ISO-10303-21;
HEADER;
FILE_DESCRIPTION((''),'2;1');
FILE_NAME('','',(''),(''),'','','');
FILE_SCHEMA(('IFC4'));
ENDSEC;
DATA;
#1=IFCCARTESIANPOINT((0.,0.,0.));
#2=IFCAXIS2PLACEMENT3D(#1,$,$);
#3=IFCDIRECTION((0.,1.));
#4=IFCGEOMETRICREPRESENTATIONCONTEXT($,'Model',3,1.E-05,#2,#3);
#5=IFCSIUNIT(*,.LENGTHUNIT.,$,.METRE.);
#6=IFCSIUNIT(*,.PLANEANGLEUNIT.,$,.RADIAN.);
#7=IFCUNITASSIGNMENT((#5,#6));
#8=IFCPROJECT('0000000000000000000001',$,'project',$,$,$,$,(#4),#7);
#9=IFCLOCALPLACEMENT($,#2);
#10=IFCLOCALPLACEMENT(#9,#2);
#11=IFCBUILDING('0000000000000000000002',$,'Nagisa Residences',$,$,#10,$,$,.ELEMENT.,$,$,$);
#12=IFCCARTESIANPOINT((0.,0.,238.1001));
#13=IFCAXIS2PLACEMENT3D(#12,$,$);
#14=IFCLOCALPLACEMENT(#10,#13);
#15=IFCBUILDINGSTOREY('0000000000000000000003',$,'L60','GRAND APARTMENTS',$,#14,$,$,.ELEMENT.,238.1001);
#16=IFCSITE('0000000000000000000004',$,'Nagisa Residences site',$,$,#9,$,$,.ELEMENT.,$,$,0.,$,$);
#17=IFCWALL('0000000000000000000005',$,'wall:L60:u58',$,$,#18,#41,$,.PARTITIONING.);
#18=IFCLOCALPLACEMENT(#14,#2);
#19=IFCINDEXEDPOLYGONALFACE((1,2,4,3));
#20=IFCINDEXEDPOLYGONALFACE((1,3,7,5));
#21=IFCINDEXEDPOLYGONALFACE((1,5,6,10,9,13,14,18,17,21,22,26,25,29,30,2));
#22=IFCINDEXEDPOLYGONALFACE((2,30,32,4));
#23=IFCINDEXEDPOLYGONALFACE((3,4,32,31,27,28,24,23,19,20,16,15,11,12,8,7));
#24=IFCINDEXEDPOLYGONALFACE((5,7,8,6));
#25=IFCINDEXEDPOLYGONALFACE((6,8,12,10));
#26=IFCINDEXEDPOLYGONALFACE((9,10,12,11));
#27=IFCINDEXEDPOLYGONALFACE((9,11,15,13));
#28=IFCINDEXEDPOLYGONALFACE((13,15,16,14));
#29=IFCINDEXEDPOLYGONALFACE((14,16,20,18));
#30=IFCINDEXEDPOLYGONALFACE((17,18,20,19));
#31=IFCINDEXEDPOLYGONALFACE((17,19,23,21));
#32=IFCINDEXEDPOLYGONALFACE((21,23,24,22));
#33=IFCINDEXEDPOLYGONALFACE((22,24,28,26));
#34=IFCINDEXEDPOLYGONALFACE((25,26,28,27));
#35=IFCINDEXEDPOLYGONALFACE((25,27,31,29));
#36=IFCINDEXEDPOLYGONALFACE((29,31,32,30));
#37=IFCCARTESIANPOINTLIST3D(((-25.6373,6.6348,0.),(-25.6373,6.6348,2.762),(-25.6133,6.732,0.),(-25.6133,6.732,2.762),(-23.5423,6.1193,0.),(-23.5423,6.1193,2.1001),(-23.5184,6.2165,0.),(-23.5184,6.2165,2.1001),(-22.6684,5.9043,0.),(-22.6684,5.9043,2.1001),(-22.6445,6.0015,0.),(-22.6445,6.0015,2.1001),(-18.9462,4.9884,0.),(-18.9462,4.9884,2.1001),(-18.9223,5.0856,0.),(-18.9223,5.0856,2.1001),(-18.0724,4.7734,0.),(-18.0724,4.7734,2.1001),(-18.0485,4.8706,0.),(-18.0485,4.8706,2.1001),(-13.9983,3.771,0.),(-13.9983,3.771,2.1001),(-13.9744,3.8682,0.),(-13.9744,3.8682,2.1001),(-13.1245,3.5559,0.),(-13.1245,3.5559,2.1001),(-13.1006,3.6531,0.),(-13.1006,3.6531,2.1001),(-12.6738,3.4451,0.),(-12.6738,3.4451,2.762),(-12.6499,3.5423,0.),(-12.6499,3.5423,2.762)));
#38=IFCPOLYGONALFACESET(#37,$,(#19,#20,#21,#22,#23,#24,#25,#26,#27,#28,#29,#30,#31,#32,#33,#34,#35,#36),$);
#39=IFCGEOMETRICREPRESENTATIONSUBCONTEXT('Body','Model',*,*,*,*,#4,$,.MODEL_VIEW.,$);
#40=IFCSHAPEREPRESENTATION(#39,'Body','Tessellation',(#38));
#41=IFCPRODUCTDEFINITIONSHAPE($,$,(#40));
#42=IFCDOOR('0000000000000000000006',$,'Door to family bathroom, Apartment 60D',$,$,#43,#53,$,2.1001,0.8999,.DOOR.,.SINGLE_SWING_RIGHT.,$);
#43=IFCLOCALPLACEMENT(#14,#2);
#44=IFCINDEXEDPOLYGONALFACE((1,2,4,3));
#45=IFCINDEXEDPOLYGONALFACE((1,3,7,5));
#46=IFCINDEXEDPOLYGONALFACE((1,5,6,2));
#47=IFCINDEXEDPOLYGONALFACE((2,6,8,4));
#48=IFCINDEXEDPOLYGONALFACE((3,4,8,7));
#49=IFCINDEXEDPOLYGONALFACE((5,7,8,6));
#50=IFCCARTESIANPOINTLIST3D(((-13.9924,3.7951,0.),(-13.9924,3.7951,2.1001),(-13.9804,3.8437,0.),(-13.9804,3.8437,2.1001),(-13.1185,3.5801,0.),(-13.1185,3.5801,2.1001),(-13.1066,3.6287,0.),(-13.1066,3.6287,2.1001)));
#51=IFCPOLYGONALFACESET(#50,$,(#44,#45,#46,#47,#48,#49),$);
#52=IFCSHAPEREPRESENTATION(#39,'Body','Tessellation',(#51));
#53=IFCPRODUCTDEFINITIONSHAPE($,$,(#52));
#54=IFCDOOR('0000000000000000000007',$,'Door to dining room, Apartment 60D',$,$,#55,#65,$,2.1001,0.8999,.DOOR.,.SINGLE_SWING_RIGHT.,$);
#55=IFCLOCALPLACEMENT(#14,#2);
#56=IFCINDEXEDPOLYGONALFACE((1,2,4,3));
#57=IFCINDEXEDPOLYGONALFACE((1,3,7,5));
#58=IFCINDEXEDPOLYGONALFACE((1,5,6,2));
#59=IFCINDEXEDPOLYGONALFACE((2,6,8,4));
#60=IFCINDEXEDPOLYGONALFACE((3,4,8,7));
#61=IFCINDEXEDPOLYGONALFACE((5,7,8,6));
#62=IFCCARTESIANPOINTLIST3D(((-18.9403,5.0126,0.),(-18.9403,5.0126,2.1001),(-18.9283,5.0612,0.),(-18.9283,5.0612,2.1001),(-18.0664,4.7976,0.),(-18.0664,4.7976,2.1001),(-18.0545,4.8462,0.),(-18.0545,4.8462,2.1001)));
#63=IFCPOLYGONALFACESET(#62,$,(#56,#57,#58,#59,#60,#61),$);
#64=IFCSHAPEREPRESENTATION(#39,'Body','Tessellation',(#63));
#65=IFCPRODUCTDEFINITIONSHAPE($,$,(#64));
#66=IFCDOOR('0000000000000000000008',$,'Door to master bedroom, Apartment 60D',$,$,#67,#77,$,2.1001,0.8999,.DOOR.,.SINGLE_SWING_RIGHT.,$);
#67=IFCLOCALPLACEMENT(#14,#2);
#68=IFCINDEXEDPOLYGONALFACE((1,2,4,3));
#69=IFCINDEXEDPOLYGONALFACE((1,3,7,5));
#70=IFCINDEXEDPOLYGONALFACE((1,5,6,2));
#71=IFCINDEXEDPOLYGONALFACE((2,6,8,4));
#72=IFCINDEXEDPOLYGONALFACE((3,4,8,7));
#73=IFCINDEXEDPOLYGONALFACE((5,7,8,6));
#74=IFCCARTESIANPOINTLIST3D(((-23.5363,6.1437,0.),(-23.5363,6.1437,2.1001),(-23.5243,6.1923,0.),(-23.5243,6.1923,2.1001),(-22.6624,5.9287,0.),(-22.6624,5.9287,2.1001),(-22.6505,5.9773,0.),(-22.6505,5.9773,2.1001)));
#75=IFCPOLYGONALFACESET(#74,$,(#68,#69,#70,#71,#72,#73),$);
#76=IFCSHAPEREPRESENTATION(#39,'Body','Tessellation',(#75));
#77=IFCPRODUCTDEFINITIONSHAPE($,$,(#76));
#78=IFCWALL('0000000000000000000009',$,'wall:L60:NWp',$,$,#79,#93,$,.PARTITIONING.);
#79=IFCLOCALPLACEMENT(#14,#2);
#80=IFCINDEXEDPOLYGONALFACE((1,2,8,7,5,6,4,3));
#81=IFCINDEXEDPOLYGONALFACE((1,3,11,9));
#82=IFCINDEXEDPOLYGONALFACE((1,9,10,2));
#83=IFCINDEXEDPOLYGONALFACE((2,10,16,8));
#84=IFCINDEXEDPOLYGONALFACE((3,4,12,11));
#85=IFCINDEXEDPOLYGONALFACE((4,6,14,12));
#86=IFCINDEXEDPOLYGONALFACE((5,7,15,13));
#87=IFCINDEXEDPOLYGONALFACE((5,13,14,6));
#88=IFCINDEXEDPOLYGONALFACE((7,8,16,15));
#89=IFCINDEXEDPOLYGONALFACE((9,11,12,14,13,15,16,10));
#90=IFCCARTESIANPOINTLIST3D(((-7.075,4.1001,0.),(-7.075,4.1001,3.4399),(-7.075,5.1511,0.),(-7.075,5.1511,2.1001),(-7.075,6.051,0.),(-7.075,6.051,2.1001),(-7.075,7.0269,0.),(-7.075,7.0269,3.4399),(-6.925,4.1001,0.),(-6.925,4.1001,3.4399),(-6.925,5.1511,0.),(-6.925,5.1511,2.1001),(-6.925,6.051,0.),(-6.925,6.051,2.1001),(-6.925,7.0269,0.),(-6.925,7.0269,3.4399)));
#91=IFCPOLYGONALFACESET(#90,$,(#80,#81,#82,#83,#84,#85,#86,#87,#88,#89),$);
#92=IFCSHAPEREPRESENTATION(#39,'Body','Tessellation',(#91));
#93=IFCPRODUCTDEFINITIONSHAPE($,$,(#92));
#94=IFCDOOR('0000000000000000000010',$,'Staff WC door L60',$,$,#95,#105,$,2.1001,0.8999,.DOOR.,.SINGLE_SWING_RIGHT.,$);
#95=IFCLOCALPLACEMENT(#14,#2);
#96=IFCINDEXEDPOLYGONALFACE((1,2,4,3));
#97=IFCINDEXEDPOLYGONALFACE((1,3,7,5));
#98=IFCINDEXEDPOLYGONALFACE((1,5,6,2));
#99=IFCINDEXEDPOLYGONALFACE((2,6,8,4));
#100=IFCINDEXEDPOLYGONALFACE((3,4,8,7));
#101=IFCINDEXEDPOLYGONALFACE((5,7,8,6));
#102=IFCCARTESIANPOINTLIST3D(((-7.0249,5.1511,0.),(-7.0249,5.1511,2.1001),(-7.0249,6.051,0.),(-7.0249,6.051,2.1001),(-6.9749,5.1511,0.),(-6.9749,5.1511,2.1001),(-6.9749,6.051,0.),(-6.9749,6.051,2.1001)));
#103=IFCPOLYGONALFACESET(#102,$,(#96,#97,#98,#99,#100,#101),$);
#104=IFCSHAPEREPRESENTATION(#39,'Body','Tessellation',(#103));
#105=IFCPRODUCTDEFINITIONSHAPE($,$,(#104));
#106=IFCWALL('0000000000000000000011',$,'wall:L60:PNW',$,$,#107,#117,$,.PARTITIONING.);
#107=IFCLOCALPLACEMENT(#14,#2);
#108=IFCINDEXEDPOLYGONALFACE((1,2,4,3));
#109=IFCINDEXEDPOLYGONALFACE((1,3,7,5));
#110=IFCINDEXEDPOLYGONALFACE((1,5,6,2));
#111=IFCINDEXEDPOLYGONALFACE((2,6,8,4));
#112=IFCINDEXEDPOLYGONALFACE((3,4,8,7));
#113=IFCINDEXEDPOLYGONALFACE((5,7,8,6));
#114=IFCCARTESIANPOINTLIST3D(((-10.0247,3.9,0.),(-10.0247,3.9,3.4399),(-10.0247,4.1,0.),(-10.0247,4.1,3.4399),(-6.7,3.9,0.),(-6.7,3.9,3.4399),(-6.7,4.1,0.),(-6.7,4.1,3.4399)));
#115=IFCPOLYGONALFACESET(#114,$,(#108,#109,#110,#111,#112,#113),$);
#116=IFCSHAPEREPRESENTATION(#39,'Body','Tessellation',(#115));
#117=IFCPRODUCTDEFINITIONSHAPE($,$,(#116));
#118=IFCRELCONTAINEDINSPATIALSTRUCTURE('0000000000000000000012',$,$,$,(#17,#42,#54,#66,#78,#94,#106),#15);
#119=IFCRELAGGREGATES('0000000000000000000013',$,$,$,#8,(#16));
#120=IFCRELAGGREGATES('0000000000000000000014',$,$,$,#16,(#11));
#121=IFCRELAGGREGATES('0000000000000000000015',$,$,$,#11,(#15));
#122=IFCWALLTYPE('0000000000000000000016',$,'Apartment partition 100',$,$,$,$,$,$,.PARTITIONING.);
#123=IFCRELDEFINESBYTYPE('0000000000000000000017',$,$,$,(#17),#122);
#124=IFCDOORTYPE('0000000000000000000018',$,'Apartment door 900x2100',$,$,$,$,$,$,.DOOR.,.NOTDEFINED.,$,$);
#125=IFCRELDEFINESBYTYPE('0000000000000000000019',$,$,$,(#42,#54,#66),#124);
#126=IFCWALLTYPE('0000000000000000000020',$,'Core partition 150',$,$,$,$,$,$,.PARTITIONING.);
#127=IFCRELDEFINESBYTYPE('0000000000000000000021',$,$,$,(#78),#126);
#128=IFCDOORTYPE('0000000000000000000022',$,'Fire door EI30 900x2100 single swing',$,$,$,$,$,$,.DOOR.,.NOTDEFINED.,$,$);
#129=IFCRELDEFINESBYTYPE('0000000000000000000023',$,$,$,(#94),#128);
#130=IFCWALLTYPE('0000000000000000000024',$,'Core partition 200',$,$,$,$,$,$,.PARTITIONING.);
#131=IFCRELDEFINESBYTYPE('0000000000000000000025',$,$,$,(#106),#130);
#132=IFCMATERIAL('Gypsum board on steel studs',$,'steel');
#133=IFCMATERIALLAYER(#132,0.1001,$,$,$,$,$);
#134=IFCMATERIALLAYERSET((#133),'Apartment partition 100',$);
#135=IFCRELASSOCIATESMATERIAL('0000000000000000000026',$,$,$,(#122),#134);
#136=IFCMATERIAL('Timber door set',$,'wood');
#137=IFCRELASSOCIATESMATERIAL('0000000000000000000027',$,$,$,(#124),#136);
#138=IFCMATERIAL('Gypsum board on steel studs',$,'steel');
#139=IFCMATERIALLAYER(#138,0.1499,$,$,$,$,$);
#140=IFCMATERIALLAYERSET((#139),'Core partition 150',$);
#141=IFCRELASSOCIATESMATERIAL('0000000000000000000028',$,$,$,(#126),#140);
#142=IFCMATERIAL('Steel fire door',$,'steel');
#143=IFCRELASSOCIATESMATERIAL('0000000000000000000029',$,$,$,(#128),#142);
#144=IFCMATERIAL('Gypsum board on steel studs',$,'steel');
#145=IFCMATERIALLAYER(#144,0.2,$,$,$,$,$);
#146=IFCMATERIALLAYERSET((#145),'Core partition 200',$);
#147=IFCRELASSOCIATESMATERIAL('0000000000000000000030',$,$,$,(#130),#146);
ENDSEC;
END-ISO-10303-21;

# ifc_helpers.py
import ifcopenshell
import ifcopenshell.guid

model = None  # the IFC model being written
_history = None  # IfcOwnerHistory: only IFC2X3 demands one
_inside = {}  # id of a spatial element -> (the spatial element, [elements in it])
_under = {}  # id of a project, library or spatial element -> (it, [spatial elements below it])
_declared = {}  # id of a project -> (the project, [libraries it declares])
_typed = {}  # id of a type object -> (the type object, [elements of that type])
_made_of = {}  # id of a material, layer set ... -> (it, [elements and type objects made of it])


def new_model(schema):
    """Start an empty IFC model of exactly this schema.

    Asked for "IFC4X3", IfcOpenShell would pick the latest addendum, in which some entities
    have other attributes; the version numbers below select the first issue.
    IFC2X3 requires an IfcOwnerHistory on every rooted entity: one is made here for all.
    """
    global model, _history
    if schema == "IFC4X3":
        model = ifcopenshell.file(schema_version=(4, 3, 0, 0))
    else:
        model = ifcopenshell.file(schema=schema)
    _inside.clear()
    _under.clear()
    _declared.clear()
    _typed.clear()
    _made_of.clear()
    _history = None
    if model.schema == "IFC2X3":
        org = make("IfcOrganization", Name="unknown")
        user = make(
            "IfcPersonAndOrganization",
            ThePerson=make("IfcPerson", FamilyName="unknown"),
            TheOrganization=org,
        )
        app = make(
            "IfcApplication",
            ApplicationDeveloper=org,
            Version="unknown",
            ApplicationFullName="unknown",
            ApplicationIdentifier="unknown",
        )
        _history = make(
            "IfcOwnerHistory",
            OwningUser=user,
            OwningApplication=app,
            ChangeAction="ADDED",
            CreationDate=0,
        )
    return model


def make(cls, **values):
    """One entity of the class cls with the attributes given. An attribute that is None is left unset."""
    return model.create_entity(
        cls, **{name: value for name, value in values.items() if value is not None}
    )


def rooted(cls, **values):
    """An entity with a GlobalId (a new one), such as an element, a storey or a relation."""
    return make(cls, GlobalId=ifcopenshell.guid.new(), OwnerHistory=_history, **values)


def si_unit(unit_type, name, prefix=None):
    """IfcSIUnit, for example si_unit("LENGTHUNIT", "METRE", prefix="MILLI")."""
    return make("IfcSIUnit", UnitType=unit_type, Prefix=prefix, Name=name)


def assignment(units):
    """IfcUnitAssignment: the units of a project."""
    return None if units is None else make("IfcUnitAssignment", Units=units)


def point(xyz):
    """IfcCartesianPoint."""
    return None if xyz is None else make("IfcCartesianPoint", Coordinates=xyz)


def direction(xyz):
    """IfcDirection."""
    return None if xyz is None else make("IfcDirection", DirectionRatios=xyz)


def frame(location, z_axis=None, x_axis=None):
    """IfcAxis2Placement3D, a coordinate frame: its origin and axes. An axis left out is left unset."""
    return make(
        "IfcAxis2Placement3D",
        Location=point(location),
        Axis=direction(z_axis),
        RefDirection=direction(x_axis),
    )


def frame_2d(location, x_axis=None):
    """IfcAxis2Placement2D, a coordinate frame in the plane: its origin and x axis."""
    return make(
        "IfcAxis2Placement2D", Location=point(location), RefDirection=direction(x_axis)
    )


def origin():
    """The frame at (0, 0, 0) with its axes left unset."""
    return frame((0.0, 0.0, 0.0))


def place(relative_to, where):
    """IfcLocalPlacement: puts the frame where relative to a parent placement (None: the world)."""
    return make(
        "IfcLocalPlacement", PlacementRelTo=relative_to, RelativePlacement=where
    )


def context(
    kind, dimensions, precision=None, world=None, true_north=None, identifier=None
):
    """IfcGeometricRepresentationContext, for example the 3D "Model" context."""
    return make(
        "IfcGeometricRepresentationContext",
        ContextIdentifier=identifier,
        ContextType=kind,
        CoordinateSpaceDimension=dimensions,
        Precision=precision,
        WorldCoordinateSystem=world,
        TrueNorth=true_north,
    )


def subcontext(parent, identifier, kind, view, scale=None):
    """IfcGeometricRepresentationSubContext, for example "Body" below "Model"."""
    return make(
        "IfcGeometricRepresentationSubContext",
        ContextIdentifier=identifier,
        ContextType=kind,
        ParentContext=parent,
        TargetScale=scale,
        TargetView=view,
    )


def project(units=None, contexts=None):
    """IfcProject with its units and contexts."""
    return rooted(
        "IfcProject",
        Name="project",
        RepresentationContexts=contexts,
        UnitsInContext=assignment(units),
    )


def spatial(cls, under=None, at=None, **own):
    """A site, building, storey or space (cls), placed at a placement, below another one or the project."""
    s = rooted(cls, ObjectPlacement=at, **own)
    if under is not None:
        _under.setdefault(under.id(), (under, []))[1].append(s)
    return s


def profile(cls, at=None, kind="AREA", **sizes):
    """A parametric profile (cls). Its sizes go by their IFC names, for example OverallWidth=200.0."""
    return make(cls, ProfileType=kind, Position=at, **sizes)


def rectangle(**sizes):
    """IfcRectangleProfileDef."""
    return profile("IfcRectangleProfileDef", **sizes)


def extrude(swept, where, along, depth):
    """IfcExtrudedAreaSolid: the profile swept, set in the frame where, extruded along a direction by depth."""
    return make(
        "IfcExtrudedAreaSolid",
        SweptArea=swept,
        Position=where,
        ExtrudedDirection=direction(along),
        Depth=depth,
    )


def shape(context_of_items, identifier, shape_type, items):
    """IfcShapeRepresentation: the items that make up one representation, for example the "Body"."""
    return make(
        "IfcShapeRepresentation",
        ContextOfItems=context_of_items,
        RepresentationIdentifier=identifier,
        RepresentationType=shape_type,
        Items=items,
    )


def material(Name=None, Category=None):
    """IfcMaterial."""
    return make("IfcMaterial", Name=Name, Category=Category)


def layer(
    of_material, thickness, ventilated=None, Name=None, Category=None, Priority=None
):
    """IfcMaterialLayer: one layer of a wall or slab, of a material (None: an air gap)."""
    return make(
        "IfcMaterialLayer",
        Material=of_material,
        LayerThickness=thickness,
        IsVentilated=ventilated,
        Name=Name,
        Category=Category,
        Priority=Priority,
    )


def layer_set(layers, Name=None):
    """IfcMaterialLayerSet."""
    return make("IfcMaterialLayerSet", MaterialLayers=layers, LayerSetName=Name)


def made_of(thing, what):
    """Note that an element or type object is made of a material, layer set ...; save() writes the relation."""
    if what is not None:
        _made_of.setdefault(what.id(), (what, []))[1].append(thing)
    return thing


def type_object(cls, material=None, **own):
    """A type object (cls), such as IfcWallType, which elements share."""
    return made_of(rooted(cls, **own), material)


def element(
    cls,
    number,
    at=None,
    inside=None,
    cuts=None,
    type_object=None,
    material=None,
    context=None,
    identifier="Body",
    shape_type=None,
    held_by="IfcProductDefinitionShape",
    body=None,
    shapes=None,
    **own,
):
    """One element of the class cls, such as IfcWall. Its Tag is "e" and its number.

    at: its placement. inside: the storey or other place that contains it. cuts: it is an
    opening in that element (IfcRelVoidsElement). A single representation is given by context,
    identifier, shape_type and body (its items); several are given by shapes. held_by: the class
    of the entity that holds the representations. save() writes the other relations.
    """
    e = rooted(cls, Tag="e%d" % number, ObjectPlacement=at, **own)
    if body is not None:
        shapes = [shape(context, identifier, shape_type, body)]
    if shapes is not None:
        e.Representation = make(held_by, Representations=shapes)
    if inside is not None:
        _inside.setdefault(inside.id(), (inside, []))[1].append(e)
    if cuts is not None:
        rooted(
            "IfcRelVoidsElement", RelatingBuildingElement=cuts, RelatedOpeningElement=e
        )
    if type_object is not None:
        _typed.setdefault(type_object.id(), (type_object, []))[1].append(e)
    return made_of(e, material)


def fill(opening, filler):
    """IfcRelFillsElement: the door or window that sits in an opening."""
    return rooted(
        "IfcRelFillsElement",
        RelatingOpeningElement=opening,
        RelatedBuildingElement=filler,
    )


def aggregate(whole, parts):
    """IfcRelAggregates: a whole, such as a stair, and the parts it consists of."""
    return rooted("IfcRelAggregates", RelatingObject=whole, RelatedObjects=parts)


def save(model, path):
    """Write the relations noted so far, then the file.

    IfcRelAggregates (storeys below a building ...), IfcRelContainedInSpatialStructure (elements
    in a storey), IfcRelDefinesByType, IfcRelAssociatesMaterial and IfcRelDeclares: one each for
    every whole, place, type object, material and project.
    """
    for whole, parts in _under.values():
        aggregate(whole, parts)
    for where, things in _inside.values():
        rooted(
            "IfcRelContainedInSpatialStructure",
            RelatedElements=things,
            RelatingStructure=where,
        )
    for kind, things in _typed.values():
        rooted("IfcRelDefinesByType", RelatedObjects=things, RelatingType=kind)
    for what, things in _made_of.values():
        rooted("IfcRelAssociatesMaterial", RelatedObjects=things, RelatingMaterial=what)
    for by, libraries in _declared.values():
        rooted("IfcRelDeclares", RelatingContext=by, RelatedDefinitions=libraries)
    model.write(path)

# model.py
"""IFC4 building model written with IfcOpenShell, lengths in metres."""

from ifc_helpers import new_model, si_unit, direction, frame, frame_2d, origin, place, context, subcontext, project, spatial, rectangle, extrude, material, layer, layer_set, type_object, element, fill, save


model = new_model("IFC4")

# Units and contexts
model_context = context("Model", 3, precision=1e-05, world=origin(), true_north=direction((0.0, 1.0)))
body_context = subcontext(model_context, "Body", "Model", "MODEL_VIEW")
ifc_project = project(units=[si_unit("LENGTHUNIT", "METRE"), si_unit("PLANEANGLEUNIT", "RADIAN")], contexts=[model_context])

# Site, building, storey
site_placement = place(None, origin())
site = spatial("IfcSite", under=ifc_project, at=site_placement, Name="Nagisa Residences site", CompositionType="ELEMENT", RefElevation=0.0)
building_placement = place(site_placement, origin())
building = spatial("IfcBuilding", under=site, at=building_placement, Name="Nagisa Residences", CompositionType="ELEMENT")
storey_placement = place(building_placement, frame((0.0, 0.0, 238.1001)))
storey = spatial("IfcBuildingStorey", under=building, at=storey_placement, Name="L60", Description="GRAND APARTMENTS", CompositionType="ELEMENT", Elevation=238.1001)

# Shared definitions
ifc_material_1 = material(Name="Gypsum board on steel studs", Category="steel")
ifc_layer_1 = layer(ifc_material_1, 0.1001)
ifc_layer_set_1 = layer_set([ifc_layer_1], Name="Apartment partition 100")
wall_type_1 = type_object("IfcWallType", Name="Apartment partition 100", PredefinedType="PARTITIONING", material=ifc_layer_set_1)

# Shared definitions
ifc_material_2 = material(Name="Timber door set", Category="wood")
door_type_1 = type_object("IfcDoorType", Name="Apartment door 900x2100", OperationType="NOTDEFINED", PredefinedType="DOOR", material=ifc_material_2)

# Wall, openings, doors
wall_1_placement = place(storey_placement, frame((-12.6619, 3.4937, 0.0), z_axis=(0.0, 0.0, 1.0), x_axis=(-0.971037, 0.238928, 0.0)))
wall_1 = element("IfcWall", 1, at=wall_1_placement, inside=storey, type_object=wall_type_1, Name="wall:L60:u58", PredefinedType="PARTITIONING", context=body_context, shape_type="SweptSolid", body=[
    extrude(rectangle(XDim=13.3501, YDim=0.1001, at=frame_2d((6.675, 0.0))), origin(), (0.0, 0.0, 1.0), 2.762),
])
opening_1_placement = place(wall_1_placement, frame((0.4641, 0.0, 0.0)))
opening_1 = element("IfcOpeningElement", 2, at=opening_1_placement, cuts=wall_1, PredefinedType="OPENING", context=body_context, shape_type="SweptSolid", body=[
    extrude(rectangle(XDim=0.8999, YDim=2.1001, at=frame_2d((0.45, 1.05))), frame((0.0, 0.0601, 0.0), z_axis=(0.0, -1.0, 0.0), x_axis=(1.0, 0.0, 0.0)), (0.0, 0.0, 1.0), 0.1201),
])
opening_2_placement = place(wall_1_placement, frame((5.5596, 0.0, 0.0)))
opening_2 = element("IfcOpeningElement", 3, at=opening_2_placement, cuts=wall_1, PredefinedType="OPENING", context=body_context, shape_type="SweptSolid", body=[
    extrude(rectangle(XDim=0.8999, YDim=2.1001, at=frame_2d((0.45, 1.05))), frame((0.0, 0.0601, 0.0), z_axis=(0.0, -1.0, 0.0), x_axis=(1.0, 0.0, 0.0)), (0.0, 0.0, 1.0), 0.1201),
])
opening_3_placement = place(wall_1_placement, frame((10.2927, 0.0, 0.0)))
opening_3 = element("IfcOpeningElement", 4, at=opening_3_placement, cuts=wall_1, PredefinedType="OPENING", context=body_context, shape_type="SweptSolid", body=[
    extrude(rectangle(XDim=0.8999, YDim=2.1001, at=frame_2d((0.45, 1.05))), frame((0.0, 0.0601, 0.0), z_axis=(0.0, -1.0, 0.0), x_axis=(1.0, 0.0, 0.0)), (0.0, 0.0, 1.0), 0.1201),
])
door_1_placement = place(opening_1_placement, frame((0.8999, 0.0, 0.0), x_axis=(-1.0, 0.0, 0.0)))
door_1 = element("IfcDoor", 5, at=door_1_placement, inside=storey, type_object=door_type_1, Name="Door to family bathroom, Apartment 60D", OperationType="SINGLE_SWING_RIGHT", OverallHeight=2.1001, OverallWidth=0.8999, PredefinedType="DOOR", context=body_context, shape_type="SweptSolid", body=[
    extrude(rectangle(XDim=0.8999, YDim=2.1001, at=frame_2d((0.45, 1.05))), frame((0.0, 0.0249, 0.0), z_axis=(0.0, -1.0, 0.0), x_axis=(1.0, 0.0, 0.0)), (0.0, 0.0, 1.0), 0.05),
])
fill(opening_1, door_1)
door_2_placement = place(opening_2_placement, frame((0.8999, 0.0, 0.0), x_axis=(-1.0, 0.0, 0.0)))
door_2 = element("IfcDoor", 6, at=door_2_placement, inside=storey, type_object=door_type_1, Name="Door to dining room, Apartment 60D", OperationType="SINGLE_SWING_RIGHT", OverallHeight=2.1001, OverallWidth=0.8999, PredefinedType="DOOR", context=body_context, shape_type="SweptSolid", body=[
    extrude(rectangle(XDim=0.8999, YDim=2.1001, at=frame_2d((0.45, 1.05))), frame((0.0, 0.0249, 0.0), z_axis=(0.0, -1.0, 0.0), x_axis=(1.0, 0.0, 0.0)), (0.0, 0.0, 1.0), 0.05),
])
fill(opening_2, door_2)
door_3_placement = place(opening_3_placement, origin())
door_3 = element("IfcDoor", 7, at=door_3_placement, inside=storey, type_object=door_type_1, Name="Door to master bedroom, Apartment 60D", OperationType="SINGLE_SWING_RIGHT", OverallHeight=2.1001, OverallWidth=0.8999, PredefinedType="DOOR", context=body_context, shape_type="SweptSolid", body=[
    extrude(rectangle(XDim=0.8999, YDim=2.1001, at=frame_2d((0.45, 1.05))), frame((0.0, 0.0249, 0.0), z_axis=(0.0, -1.0, 0.0), x_axis=(1.0, 0.0, 0.0)), (0.0, 0.0, 1.0), 0.05),
])
fill(opening_3, door_3)

# Wall, opening, door
ifc_material_3 = material(Name="Gypsum board on steel studs", Category="steel")
ifc_layer_2 = layer(ifc_material_3, 0.1499)
ifc_layer_set_2 = layer_set([ifc_layer_2], Name="Core partition 150")
wall_type_2 = type_object("IfcWallType", Name="Core partition 150", PredefinedType="PARTITIONING", material=ifc_layer_set_2)
wall_2_placement = place(storey_placement, frame((-7.0, 4.1001, 0.0), z_axis=(0.0, 0.0, 1.0), x_axis=(0.0, 1.0, 0.0)))
wall_2 = element("IfcWall", 8, at=wall_2_placement, inside=storey, type_object=wall_type_2, Name="wall:L60:NWp", PredefinedType="PARTITIONING", context=body_context, shape_type="SweptSolid", body=[
    extrude(rectangle(XDim=2.9268, YDim=0.1499, at=frame_2d((1.4634, 0.0))), origin(), (0.0, 0.0, 1.0), 3.4399),
])
opening_4_placement = place(wall_2_placement, frame((1.051, 0.0, 0.0)))
opening_4 = element("IfcOpeningElement", 9, at=opening_4_placement, cuts=wall_2, PredefinedType="OPENING", context=body_context, shape_type="SweptSolid", body=[
    extrude(rectangle(XDim=0.8999, YDim=2.1001, at=frame_2d((0.45, 1.05))), frame((0.0, 0.085, 0.0), z_axis=(0.0, -1.0, 0.0), x_axis=(1.0, 0.0, 0.0)), (0.0, 0.0, 1.0), 0.1699),
])
ifc_material_4 = material(Name="Steel fire door", Category="steel")
door_type_2 = type_object("IfcDoorType", Name="Fire door EI30 900x2100 single swing", OperationType="NOTDEFINED", PredefinedType="DOOR", material=ifc_material_4)
door_4_placement = place(opening_4_placement, origin())
door_4 = element("IfcDoor", 10, at=door_4_placement, inside=storey, type_object=door_type_2, Name="Staff WC door L60", OperationType="SINGLE_SWING_RIGHT", OverallHeight=2.1001, OverallWidth=0.8999, PredefinedType="DOOR", context=body_context, shape_type="SweptSolid", body=[
    extrude(rectangle(XDim=0.8999, YDim=2.1001, at=frame_2d((0.45, 1.05))), frame((0.0, 0.0249, 0.0), z_axis=(0.0, -1.0, 0.0), x_axis=(1.0, 0.0, 0.0)), (0.0, 0.0, 1.0), 0.05),
])
fill(opening_4, door_4)

# Wall
ifc_material_5 = material(Name="Gypsum board on steel studs", Category="steel")
ifc_layer_3 = layer(ifc_material_5, 0.2)
ifc_layer_set_3 = layer_set([ifc_layer_3], Name="Core partition 200")
wall_type_3 = type_object("IfcWallType", Name="Core partition 200", PredefinedType="PARTITIONING", material=ifc_layer_set_3)
wall_3_placement = place(storey_placement, frame((-10.0247, 4.0, 0.0), z_axis=(0.0, 0.0, 1.0), x_axis=(1.0, 0.0, 0.0)))
element("IfcWall", 11, at=wall_3_placement, inside=storey, type_object=wall_type_3, Name="wall:L60:PNW", PredefinedType="PARTITIONING", context=body_context, shape_type="SweptSolid", body=[
    extrude(rectangle(XDim=3.3247, YDim=0.2, at=frame_2d((1.6624, 0.0))), origin(), (0.0, 0.0, 1.0), 3.4399),
])

save(model, "model.ifc")
